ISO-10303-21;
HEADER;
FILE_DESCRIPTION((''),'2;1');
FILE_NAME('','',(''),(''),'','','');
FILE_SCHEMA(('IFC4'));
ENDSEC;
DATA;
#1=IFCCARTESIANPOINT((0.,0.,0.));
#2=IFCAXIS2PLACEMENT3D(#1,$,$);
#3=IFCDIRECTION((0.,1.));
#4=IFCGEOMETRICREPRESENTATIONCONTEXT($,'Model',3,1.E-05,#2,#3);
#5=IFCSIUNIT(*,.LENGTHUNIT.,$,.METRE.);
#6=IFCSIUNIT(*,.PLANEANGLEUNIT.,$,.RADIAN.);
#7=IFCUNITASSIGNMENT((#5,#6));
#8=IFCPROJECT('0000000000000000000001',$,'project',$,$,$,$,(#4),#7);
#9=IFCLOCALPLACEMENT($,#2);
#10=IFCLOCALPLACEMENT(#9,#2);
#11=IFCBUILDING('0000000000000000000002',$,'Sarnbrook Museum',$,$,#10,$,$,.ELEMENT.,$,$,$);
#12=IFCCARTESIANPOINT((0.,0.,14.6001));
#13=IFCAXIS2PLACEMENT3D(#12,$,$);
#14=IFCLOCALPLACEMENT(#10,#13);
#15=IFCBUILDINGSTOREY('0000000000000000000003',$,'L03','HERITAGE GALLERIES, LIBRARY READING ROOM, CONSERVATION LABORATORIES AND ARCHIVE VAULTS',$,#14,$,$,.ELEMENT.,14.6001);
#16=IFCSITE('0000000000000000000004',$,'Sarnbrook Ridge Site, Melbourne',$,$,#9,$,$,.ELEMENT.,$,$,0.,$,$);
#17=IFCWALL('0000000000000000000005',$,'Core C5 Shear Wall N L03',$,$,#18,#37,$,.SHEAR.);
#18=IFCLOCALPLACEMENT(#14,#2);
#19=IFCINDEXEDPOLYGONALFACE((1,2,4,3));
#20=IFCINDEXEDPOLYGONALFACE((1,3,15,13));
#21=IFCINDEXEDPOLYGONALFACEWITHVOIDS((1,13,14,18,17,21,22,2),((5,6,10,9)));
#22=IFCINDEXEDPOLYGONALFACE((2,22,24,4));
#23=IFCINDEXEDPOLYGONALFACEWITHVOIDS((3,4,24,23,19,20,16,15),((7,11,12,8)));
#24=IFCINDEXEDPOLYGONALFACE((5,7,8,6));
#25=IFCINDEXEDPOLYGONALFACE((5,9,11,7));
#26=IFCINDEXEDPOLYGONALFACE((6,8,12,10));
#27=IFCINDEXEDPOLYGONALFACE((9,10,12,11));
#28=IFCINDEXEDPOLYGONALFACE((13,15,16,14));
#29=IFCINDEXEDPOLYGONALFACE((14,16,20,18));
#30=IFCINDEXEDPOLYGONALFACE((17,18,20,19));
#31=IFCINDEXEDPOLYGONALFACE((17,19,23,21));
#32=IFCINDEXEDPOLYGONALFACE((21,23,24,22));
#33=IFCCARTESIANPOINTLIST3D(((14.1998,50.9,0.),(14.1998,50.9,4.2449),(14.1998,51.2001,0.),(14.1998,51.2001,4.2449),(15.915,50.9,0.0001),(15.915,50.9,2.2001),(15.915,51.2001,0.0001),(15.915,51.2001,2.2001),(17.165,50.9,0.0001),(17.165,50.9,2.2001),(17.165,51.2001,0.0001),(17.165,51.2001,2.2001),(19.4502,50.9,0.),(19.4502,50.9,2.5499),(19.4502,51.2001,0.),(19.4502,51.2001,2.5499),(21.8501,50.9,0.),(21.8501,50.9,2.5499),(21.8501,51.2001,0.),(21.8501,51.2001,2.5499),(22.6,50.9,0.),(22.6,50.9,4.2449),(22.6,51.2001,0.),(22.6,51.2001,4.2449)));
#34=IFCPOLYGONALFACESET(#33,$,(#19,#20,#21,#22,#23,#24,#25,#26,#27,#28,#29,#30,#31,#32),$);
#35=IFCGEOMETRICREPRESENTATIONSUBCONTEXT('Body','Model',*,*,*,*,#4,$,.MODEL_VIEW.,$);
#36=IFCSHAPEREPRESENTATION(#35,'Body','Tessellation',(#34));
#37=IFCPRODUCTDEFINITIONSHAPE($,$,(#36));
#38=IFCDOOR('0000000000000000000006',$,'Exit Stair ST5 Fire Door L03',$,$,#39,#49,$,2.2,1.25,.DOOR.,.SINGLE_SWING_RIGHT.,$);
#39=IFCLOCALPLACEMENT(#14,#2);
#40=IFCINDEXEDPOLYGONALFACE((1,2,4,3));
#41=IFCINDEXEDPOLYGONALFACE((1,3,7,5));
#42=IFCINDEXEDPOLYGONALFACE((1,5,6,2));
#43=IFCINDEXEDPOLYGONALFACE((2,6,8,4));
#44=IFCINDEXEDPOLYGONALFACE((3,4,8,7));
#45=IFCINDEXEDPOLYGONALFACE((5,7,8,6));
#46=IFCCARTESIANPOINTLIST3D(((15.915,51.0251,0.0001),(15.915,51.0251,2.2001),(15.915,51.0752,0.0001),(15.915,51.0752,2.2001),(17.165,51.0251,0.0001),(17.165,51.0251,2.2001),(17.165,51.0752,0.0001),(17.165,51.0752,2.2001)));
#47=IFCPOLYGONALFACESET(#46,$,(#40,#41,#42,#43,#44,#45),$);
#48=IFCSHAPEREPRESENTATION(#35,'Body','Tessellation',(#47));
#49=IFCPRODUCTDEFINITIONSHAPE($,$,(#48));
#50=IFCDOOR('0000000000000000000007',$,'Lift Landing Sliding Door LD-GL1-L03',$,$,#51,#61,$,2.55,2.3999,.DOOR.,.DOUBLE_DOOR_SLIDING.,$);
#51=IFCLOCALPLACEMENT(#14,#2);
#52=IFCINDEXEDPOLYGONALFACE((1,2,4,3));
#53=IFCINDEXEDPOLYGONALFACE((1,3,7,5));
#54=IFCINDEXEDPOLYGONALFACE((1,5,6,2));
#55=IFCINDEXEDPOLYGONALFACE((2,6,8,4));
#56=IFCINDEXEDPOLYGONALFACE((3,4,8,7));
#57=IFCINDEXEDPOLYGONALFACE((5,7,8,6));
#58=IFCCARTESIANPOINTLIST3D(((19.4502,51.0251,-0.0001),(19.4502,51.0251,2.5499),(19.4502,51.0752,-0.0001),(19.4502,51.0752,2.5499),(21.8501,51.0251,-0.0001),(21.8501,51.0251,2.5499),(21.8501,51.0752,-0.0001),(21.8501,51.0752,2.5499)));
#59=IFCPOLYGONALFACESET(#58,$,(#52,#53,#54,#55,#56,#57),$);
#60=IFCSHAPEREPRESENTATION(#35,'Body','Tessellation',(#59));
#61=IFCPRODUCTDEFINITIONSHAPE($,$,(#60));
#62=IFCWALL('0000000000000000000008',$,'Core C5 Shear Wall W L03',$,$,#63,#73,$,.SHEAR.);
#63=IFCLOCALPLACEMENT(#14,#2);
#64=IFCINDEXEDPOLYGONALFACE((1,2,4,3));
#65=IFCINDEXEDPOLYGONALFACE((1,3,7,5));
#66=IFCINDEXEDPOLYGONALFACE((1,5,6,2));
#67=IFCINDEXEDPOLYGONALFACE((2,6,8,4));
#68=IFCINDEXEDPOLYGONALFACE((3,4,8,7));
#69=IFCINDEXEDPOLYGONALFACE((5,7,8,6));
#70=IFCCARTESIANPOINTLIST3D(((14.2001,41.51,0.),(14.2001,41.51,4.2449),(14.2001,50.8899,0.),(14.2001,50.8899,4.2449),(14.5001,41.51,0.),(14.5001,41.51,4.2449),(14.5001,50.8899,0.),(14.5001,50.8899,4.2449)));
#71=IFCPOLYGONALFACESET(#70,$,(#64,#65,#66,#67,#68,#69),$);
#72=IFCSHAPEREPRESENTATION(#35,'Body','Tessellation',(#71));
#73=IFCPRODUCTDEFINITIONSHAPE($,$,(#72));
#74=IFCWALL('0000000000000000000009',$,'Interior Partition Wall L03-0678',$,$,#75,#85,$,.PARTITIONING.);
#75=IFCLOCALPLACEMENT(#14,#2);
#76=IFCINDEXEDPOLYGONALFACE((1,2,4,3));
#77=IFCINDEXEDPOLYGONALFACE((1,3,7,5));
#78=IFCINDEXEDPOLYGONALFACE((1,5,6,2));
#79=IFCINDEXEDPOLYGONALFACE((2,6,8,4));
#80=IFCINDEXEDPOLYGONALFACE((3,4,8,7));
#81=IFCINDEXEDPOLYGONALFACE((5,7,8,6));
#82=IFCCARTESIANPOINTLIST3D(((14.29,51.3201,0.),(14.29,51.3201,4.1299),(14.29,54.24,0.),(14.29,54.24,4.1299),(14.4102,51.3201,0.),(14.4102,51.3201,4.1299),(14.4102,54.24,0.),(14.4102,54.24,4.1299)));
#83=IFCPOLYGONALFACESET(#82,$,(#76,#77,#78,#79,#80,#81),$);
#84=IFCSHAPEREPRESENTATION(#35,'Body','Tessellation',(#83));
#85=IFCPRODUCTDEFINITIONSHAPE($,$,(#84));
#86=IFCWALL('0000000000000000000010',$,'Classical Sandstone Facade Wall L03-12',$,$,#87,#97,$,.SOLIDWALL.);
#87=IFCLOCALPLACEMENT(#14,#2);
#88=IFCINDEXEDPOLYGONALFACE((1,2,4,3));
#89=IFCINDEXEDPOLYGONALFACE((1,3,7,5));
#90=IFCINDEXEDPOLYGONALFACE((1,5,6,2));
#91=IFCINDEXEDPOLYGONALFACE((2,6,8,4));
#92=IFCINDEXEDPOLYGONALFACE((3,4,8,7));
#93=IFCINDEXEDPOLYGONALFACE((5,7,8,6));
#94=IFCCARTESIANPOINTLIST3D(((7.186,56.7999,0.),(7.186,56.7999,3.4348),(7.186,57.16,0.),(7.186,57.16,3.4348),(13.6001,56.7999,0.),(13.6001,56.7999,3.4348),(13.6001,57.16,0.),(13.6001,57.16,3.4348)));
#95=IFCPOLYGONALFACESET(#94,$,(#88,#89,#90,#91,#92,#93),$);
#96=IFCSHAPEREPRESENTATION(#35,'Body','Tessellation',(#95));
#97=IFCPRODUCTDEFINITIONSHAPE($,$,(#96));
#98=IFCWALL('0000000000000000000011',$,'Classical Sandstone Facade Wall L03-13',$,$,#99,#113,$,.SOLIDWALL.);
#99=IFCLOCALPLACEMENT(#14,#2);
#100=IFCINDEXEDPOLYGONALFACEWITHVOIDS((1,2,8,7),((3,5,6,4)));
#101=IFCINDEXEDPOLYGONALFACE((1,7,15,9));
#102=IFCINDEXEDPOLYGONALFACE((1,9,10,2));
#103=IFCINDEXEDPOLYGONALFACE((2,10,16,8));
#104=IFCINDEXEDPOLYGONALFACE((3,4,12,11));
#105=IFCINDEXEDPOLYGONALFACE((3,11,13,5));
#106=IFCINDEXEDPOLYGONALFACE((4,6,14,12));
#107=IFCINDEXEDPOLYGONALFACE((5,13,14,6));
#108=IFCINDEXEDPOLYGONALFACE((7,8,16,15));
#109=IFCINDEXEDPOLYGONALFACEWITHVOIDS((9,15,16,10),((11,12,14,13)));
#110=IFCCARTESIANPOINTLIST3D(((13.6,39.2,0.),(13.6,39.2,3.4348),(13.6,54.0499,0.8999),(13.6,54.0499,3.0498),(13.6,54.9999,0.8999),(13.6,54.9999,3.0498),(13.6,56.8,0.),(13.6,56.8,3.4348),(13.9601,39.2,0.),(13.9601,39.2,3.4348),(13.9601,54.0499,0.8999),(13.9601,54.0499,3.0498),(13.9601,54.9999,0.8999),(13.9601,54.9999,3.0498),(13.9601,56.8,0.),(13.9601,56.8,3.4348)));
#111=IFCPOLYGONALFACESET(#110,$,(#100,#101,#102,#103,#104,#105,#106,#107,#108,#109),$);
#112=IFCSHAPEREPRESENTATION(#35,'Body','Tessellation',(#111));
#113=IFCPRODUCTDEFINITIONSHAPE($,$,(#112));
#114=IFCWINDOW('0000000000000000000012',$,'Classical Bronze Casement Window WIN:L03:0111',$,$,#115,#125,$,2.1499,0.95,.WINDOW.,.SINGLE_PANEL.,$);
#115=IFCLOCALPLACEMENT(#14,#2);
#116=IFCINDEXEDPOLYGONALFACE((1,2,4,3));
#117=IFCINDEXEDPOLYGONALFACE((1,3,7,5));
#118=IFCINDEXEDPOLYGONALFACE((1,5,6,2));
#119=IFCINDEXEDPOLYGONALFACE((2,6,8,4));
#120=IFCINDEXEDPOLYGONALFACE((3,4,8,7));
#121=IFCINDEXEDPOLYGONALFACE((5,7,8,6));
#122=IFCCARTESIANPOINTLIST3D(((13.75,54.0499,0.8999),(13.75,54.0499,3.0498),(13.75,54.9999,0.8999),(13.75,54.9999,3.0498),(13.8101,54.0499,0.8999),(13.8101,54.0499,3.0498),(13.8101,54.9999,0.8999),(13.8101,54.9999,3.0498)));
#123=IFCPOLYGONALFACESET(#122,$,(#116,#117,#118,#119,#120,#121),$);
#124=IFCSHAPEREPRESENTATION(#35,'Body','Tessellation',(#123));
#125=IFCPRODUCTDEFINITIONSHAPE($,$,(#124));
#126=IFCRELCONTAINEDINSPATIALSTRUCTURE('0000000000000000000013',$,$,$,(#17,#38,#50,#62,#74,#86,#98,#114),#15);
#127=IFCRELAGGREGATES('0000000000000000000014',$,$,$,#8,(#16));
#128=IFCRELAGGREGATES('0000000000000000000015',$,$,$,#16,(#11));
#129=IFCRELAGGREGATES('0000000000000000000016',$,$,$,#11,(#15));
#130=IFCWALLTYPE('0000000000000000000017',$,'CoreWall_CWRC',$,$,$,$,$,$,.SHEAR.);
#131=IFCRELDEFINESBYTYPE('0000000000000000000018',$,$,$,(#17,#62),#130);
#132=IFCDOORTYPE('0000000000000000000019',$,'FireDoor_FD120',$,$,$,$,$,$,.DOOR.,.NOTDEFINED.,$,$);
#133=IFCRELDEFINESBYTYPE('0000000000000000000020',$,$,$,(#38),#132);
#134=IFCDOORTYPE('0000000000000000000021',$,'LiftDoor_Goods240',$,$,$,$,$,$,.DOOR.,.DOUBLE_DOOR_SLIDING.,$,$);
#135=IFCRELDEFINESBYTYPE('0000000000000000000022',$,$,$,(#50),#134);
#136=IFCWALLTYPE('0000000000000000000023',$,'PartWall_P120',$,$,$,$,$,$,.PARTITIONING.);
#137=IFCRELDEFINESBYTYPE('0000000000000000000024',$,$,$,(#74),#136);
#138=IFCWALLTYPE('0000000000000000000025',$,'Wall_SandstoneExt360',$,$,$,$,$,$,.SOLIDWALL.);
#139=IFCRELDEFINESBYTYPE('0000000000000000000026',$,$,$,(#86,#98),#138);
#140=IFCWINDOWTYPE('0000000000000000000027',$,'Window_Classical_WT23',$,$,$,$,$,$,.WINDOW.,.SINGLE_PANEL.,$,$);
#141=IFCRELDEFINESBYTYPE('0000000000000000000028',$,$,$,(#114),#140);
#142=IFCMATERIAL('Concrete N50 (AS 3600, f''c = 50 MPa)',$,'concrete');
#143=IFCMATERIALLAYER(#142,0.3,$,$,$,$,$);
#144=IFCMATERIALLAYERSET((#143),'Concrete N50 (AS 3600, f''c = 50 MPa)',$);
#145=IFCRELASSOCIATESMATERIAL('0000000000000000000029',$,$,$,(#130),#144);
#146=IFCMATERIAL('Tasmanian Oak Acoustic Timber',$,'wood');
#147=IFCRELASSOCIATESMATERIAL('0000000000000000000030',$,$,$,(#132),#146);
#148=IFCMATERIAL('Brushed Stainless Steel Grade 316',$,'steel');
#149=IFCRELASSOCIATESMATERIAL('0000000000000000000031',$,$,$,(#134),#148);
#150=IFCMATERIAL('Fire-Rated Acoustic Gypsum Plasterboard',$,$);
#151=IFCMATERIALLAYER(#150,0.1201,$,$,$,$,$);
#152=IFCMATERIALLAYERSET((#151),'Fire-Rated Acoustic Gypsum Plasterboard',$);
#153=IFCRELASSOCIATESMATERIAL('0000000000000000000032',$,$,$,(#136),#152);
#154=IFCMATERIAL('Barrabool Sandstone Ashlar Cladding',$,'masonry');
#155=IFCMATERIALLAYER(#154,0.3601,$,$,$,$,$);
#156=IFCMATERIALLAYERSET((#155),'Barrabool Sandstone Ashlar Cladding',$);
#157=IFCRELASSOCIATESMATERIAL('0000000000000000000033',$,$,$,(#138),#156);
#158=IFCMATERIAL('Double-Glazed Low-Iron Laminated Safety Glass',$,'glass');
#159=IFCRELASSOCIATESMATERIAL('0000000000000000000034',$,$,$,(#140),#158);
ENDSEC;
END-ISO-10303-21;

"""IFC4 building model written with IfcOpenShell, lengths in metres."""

from ifc_helpers import new_model, si_unit, direction, frame, frame_2d, origin, place, context, subcontext, project, spatial, rectangle, extrude, material, layer, layer_set, type_object, element, fill, save


model = new_model("IFC4")

# Units and contexts
model_context = context("Model", 3, precision=1e-05, world=origin(), true_north=direction((0.0, 1.0)))
body_context = subcontext(model_context, "Body", "Model", "MODEL_VIEW")
ifc_project = project(units=[si_unit("LENGTHUNIT", "METRE"), si_unit("PLANEANGLEUNIT", "RADIAN")], contexts=[model_context])

# Site, building, storey
site_placement = place(None, origin())
site = spatial("IfcSite", under=ifc_project, at=site_placement, Name="Sarnbrook Ridge Site, Melbourne", CompositionType="ELEMENT", RefElevation=0.0)
building_placement = place(site_placement, origin())
building = spatial("IfcBuilding", under=site, at=building_placement, Name="Sarnbrook Museum", CompositionType="ELEMENT")
storey_placement = place(building_placement, frame((0.0, 0.0, 14.6001)))
storey = spatial("IfcBuildingStorey", under=building, at=storey_placement, Name="L03", Description="HERITAGE GALLERIES, LIBRARY READING ROOM, CONSERVATION LABORATORIES AND ARCHIVE VAULTS", CompositionType="ELEMENT", Elevation=14.6001)

# Wall, openings, doors
ifc_material_1 = material(Name="Concrete N50 (AS 3600, f'c = 50 MPa)", Category="concrete")
ifc_layer_1 = layer(ifc_material_1, 0.3)
ifc_layer_set_1 = layer_set([ifc_layer_1], Name="Concrete N50 (AS 3600, f'c = 50 MPa)")
wall_type_1 = type_object("IfcWallType", Name="CoreWall_CWRC", PredefinedType="SHEAR", material=ifc_layer_set_1)
wall_1_placement = place(storey_placement, frame((22.6001, 51.05, 0.0), z_axis=(0.0, 0.0, 1.0), x_axis=(-1.0, 0.0, 0.0)))
wall_1 = element("IfcWall", 1, at=wall_1_placement, inside=storey, type_object=wall_type_1, Name="Core C5 Shear Wall N L03", PredefinedType="SHEAR", context=body_context, shape_type="SweptSolid", body=[
    extrude(rectangle(XDim=8.4001, YDim=0.3, at=frame_2d((4.2002, 0.0))), origin(), (0.0, 0.0, 1.0), 4.2449),
])
opening_1_placement = place(wall_1_placement, frame((5.4351, 0.0, 0.0)))
opening_1 = element("IfcOpeningElement", 2, at=opening_1_placement, cuts=wall_1, PredefinedType="OPENING", context=body_context, shape_type="SweptSolid", body=[
    extrude(rectangle(XDim=1.25, YDim=2.2, at=frame_2d((0.625, 1.1001))), frame((0.0, 0.1602, 0.0), z_axis=(0.0, -1.0, 0.0), x_axis=(1.0, 0.0, 0.0)), (0.0, 0.0, 1.0), 0.3201),
])
opening_2_placement = place(wall_1_placement, frame((0.75, 0.0, 0.0)))
opening_2 = element("IfcOpeningElement", 3, at=opening_2_placement, cuts=wall_1, PredefinedType="OPENING", context=body_context, shape_type="SweptSolid", body=[
    extrude(rectangle(XDim=2.3999, YDim=2.55, at=frame_2d((1.2, 1.2749))), frame((0.0, 0.1602, 0.0), z_axis=(0.0, -1.0, 0.0), x_axis=(1.0, 0.0, 0.0)), (0.0, 0.0, 1.0), 0.3201),
])
ifc_material_2 = material(Name="Tasmanian Oak Acoustic Timber", Category="wood")
door_type_1 = type_object("IfcDoorType", Name="FireDoor_FD120", OperationType="NOTDEFINED", PredefinedType="DOOR", material=ifc_material_2)
door_1_placement = place(opening_1_placement, origin())
door_1 = element("IfcDoor", 4, at=door_1_placement, inside=storey, type_object=door_type_1, Name="Exit Stair ST5 Fire Door L03", OperationType="SINGLE_SWING_RIGHT", OverallHeight=2.2, OverallWidth=1.25, PredefinedType="DOOR", context=body_context, shape_type="SweptSolid", body=[
    extrude(rectangle(XDim=1.25, YDim=2.2, at=frame_2d((0.625, 1.1001))), frame((0.0, 0.0249, 0.0), z_axis=(0.0, -1.0, 0.0), x_axis=(1.0, 0.0, 0.0)), (0.0, 0.0, 1.0), 0.05),
])
fill(opening_1, door_1)
ifc_material_3 = material(Name="Brushed Stainless Steel Grade 316", Category="steel")
door_type_2 = type_object("IfcDoorType", Name="LiftDoor_Goods240", OperationType="DOUBLE_DOOR_SLIDING", PredefinedType="DOOR", material=ifc_material_3)
door_2_placement = place(opening_2_placement, origin())
door_2 = element("IfcDoor", 5, at=door_2_placement, inside=storey, type_object=door_type_2, Name="Lift Landing Sliding Door LD-GL1-L03", OperationType="DOUBLE_DOOR_SLIDING", OverallHeight=2.55, OverallWidth=2.3999, PredefinedType="DOOR", context=body_context, shape_type="SweptSolid", body=[
    extrude(rectangle(XDim=2.3999, YDim=2.55, at=frame_2d((1.2, 1.2749))), frame((0.0, 0.0249, 0.0), z_axis=(0.0, -1.0, 0.0), x_axis=(1.0, 0.0, 0.0)), (0.0, 0.0, 1.0), 0.05),
])
fill(opening_2, door_2)

# Walls
wall_2_placement = place(storey_placement, frame((14.3501, 50.8899, 0.0), z_axis=(0.0, 0.0, 1.0), x_axis=(0.0, -1.0, 0.0)))
element("IfcWall", 6, at=wall_2_placement, inside=storey, type_object=wall_type_1, Name="Core C5 Shear Wall W L03", PredefinedType="SHEAR", context=body_context, shape_type="SweptSolid", body=[
    extrude(rectangle(XDim=9.3799, YDim=0.3, at=frame_2d((4.6899, 0.0))), origin(), (0.0, 0.0, 1.0), 4.2449),
])
ifc_material_4 = material(Name="Fire-Rated Acoustic Gypsum Plasterboard")
ifc_layer_2 = layer(ifc_material_4, 0.1201)
ifc_layer_set_2 = layer_set([ifc_layer_2], Name="Fire-Rated Acoustic Gypsum Plasterboard")
wall_type_2 = type_object("IfcWallType", Name="PartWall_P120", PredefinedType="PARTITIONING", material=ifc_layer_set_2)
wall_3_placement = place(storey_placement, frame((14.3501, 54.24, 0.0), z_axis=(0.0, 0.0, 1.0), x_axis=(0.0, -1.0, 0.0)))
element("IfcWall", 7, at=wall_3_placement, inside=storey, type_object=wall_type_2, Name="Interior Partition Wall L03-0678", PredefinedType="PARTITIONING", context=body_context, shape_type="SweptSolid", body=[
    extrude(rectangle(XDim=2.9199, YDim=0.1201, at=frame_2d((1.46, 0.0))), origin(), (0.0, 0.0, 1.0), 4.1299),
])
ifc_material_5 = material(Name="Barrabool Sandstone Ashlar Cladding", Category="masonry")
ifc_layer_3 = layer(ifc_material_5, 0.3601)
ifc_layer_set_3 = layer_set([ifc_layer_3], Name="Barrabool Sandstone Ashlar Cladding")
wall_type_3 = type_object("IfcWallType", Name="Wall_SandstoneExt360", PredefinedType="SOLIDWALL", material=ifc_layer_set_3)
wall_4_placement = place(storey_placement, frame((7.186, 56.98, 0.0), z_axis=(0.0, 0.0, 1.0), x_axis=(1.0, 0.0, 0.0)))
element("IfcWall", 8, at=wall_4_placement, inside=storey, type_object=wall_type_3, Name="Classical Sandstone Facade Wall L03-12", PredefinedType="SOLIDWALL", context=body_context, shape_type="SweptSolid", body=[
    extrude(rectangle(XDim=6.4141, YDim=0.3601, at=frame_2d((3.207, 0.0))), origin(), (0.0, 0.0, 1.0), 3.4348),
])

# Wall, opening, window
wall_5_placement = place(storey_placement, frame((13.78, 56.8, 0.0), z_axis=(0.0, 0.0, 1.0), x_axis=(0.0, -1.0, 0.0)))
wall_5 = element("IfcWall", 9, at=wall_5_placement, inside=storey, type_object=wall_type_3, Name="Classical Sandstone Facade Wall L03-13", PredefinedType="SOLIDWALL", context=body_context, shape_type="SweptSolid", body=[
    extrude(rectangle(XDim=17.6001, YDim=0.3601, at=frame_2d((8.8, 0.0))), origin(), (0.0, 0.0, 1.0), 3.4348),
])
opening_3_placement = place(wall_5_placement, frame((1.8, 0.0, 0.8999)))
opening_3 = element("IfcOpeningElement", 10, at=opening_3_placement, cuts=wall_5, PredefinedType="OPENING", context=body_context, shape_type="SweptSolid", body=[
    extrude(rectangle(XDim=0.95, YDim=2.1499, at=frame_2d((0.4751, 1.075))), frame((0.0, 0.1899, 0.0), z_axis=(0.0, -1.0, 0.0), x_axis=(1.0, 0.0, 0.0)), (0.0, 0.0, 1.0), 0.3801),
])
ifc_material_6 = material(Name="Double-Glazed Low-Iron Laminated Safety Glass", Category="glass")
window_type = type_object("IfcWindowType", Name="Window_Classical_WT23", PartitioningType="SINGLE_PANEL", PredefinedType="WINDOW", material=ifc_material_6)
window_placement = place(opening_3_placement, origin())
window = element("IfcWindow", 11, at=window_placement, inside=storey, type_object=window_type, Name="Classical Bronze Casement Window WIN:L03:0111", OverallHeight=2.1499, OverallWidth=0.95, PartitioningType="SINGLE_PANEL", PredefinedType="WINDOW", context=body_context, shape_type="SweptSolid", body=[
    extrude(rectangle(XDim=0.95, YDim=2.1499, at=frame_2d((0.4751, 1.075))), frame((0.0, 0.03, 0.0), z_axis=(0.0, -1.0, 0.0), x_axis=(1.0, 0.0, 0.0)), (0.0, 0.0, 1.0), 0.0601),
])
fill(opening_3, window)

save(model, "model.ifc")
